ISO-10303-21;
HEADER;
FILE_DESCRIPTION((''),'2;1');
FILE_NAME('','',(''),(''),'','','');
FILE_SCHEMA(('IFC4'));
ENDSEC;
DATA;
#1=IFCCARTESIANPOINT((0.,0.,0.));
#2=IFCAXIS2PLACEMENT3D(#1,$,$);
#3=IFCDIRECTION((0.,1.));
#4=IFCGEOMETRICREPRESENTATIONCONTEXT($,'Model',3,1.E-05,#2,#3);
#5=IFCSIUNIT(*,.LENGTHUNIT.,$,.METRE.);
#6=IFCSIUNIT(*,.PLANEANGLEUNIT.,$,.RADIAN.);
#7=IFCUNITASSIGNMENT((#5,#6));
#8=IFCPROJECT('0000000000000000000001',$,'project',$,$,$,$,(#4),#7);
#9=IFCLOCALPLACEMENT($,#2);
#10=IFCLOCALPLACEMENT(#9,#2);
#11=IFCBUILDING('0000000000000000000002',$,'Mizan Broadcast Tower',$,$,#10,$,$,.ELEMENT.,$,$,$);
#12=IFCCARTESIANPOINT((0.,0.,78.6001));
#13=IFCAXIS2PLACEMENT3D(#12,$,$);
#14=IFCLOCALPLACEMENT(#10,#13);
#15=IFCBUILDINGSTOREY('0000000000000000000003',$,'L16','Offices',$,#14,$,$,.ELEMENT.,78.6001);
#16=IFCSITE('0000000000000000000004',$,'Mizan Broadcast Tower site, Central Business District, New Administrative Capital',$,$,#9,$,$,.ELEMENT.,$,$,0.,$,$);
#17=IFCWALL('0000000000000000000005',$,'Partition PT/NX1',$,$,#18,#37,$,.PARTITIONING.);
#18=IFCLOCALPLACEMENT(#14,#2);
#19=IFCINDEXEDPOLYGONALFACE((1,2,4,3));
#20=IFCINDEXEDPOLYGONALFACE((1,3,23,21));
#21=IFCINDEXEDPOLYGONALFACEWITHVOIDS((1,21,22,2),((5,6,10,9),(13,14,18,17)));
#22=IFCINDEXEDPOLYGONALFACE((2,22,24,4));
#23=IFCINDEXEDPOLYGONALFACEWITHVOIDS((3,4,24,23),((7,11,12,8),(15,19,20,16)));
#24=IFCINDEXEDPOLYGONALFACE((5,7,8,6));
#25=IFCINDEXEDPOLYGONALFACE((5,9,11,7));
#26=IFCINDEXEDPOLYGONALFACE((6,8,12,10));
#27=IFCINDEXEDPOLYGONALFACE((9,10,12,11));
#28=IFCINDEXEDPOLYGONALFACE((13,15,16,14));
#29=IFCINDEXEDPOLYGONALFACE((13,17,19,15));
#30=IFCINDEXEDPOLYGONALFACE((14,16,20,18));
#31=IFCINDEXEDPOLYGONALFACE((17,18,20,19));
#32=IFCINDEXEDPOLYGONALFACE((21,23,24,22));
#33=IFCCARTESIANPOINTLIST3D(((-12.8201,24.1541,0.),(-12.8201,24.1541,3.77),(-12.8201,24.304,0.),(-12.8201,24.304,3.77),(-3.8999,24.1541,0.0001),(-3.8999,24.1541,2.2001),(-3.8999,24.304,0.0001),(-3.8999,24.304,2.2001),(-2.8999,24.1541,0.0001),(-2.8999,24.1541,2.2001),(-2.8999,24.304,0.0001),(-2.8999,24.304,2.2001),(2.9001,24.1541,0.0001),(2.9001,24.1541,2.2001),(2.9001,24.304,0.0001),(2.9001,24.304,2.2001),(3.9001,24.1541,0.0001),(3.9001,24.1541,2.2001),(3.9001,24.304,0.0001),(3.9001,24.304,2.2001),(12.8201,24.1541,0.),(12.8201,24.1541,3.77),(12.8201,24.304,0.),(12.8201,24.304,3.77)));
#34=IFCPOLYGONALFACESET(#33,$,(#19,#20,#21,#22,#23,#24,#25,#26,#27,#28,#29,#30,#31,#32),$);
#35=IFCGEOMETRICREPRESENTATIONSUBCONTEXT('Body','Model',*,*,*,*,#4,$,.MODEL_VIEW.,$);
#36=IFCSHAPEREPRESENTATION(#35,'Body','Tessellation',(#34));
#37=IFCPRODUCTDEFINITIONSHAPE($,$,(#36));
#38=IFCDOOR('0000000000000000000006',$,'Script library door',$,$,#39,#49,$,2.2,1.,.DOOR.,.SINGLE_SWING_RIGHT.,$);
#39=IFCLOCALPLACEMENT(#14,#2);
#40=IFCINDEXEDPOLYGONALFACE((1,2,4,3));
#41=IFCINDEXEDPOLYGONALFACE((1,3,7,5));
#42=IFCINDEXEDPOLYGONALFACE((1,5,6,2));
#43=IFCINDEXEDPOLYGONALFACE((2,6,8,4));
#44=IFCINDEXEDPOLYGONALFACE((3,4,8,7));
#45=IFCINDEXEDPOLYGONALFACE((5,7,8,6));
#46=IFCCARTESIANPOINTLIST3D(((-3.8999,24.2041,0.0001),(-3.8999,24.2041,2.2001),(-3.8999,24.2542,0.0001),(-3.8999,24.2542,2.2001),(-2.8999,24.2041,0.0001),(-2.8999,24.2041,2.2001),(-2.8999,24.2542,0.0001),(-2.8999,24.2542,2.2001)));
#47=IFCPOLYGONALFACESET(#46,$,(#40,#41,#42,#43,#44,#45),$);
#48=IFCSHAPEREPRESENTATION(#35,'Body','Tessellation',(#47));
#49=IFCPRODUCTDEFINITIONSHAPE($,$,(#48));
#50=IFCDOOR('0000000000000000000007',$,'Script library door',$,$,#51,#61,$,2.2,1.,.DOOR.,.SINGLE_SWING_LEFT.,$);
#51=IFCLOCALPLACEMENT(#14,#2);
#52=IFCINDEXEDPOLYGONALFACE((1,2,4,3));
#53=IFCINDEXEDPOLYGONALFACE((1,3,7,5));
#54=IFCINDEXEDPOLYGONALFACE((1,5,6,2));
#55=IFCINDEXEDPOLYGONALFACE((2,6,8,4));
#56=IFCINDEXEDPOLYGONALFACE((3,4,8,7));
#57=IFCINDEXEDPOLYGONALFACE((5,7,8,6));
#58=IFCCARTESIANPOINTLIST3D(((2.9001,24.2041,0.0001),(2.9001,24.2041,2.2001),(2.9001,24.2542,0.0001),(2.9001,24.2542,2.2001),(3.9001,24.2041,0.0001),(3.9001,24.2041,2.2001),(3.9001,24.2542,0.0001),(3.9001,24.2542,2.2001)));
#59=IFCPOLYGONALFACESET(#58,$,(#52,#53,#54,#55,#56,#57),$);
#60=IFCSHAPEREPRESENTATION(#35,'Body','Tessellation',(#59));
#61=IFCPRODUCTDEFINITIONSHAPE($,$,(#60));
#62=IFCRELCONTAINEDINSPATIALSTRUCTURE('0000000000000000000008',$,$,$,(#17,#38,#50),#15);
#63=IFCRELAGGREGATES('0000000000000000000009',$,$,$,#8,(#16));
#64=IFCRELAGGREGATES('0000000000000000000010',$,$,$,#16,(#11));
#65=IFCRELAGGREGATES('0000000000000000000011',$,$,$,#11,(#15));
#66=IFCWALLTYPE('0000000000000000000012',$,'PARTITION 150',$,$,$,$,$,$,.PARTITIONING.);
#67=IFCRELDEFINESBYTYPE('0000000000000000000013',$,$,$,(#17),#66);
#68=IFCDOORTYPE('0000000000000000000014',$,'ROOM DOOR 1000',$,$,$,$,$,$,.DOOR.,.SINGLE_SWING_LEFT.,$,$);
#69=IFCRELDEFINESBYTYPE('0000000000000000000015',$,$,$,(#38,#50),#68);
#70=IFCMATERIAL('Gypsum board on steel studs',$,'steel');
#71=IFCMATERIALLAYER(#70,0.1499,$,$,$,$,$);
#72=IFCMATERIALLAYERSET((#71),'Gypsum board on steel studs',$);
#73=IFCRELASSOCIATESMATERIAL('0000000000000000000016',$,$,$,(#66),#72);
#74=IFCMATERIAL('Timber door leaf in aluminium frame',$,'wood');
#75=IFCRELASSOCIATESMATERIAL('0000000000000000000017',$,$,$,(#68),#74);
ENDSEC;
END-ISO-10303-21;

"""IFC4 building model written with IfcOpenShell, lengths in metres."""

from ifc_helpers import new_model, si_unit, direction, frame, frame_2d, origin, place, context, subcontext, project, spatial, rectangle, extrude, material, layer, layer_set, type_object, element, fill, save


model = new_model("IFC4")

# Units and contexts
model_context = context("Model", 3, precision=1e-05, world=origin(), true_north=direction((0.0, 1.0)))
body_context = subcontext(model_context, "Body", "Model", "MODEL_VIEW")
ifc_project = project(units=[si_unit("LENGTHUNIT", "METRE"), si_unit("PLANEANGLEUNIT", "RADIAN")], contexts=[model_context])

# Site, building, storey
site_placement = place(None, origin())
site = spatial("IfcSite", under=ifc_project, at=site_placement, Name="Mizan Broadcast Tower site, Central Business District, New Administrative Capital", CompositionType="ELEMENT", RefElevation=0.0)
building_placement = place(site_placement, origin())
building = spatial("IfcBuilding", under=site, at=building_placement, Name="Mizan Broadcast Tower", CompositionType="ELEMENT")
storey_placement = place(building_placement, frame((0.0, 0.0, 78.6001)))
storey = spatial("IfcBuildingStorey", under=building, at=storey_placement, Name="L16", Description="Offices", CompositionType="ELEMENT", Elevation=78.6001)

# Wall, openings, doors
ifc_material_1 = material(Name="Gypsum board on steel studs", Category="steel")
ifc_layer_1 = layer(ifc_material_1, 0.1499)
ifc_layer_set_1 = layer_set([ifc_layer_1], Name="Gypsum board on steel studs")
wall_type = type_object("IfcWallType", Name="PARTITION 150", PredefinedType="PARTITIONING", material=ifc_layer_set_1)
wall_placement = place(storey_placement, frame((12.8201, 24.229, 0.0), z_axis=(0.0, 0.0, 1.0), x_axis=(-1.0, 0.0, 0.0)))
wall = element("IfcWall", 1, at=wall_placement, inside=storey, type_object=wall_type, Name="Partition PT/NX1", PredefinedType="PARTITIONING", context=body_context, shape_type="SweptSolid", body=[
    extrude(rectangle(XDim=25.6401, YDim=0.1499, at=frame_2d((12.8201, 0.0))), origin(), (0.0, 0.0, 1.0), 3.77),
])
opening_1_placement = place(wall_placement, frame((15.72, 0.0, 0.0)))
opening_1 = element("IfcOpeningElement", 2, at=opening_1_placement, cuts=wall, PredefinedType="OPENING", context=body_context, shape_type="SweptSolid", body=[
    extrude(rectangle(XDim=1.0, YDim=2.2, at=frame_2d((0.5, 1.1001))), frame((0.0, 0.085, 0.0), z_axis=(0.0, -1.0, 0.0), x_axis=(1.0, 0.0, 0.0)), (0.0, 0.0, 1.0), 0.1699),
])
opening_2_placement = place(wall_placement, frame((8.9199, 0.0, 0.0)))
opening_2 = element("IfcOpeningElement", 3, at=opening_2_placement, cuts=wall, PredefinedType="OPENING", context=body_context, shape_type="SweptSolid", body=[
    extrude(rectangle(XDim=1.0, YDim=2.2, at=frame_2d((0.5, 1.1001))), frame((0.0, 0.085, 0.0), z_axis=(0.0, -1.0, 0.0), x_axis=(1.0, 0.0, 0.0)), (0.0, 0.0, 1.0), 0.1699),
])
ifc_material_2 = material(Name="Timber door leaf in aluminium frame", Category="wood")
door_type = type_object("IfcDoorType", Name="ROOM DOOR 1000", OperationType="SINGLE_SWING_LEFT", PredefinedType="DOOR", material=ifc_material_2)
door_1_placement = place(opening_1_placement, origin())
door_1 = element("IfcDoor", 4, at=door_1_placement, inside=storey, type_object=door_type, Name="Script library door", OperationType="SINGLE_SWING_RIGHT", OverallHeight=2.2, OverallWidth=1.0, PredefinedType="DOOR", context=body_context, shape_type="SweptSolid", body=[
    extrude(rectangle(XDim=1.0, YDim=2.2, at=frame_2d((0.5, 1.1001))), frame((0.0, 0.0249, 0.0), z_axis=(0.0, -1.0, 0.0), x_axis=(1.0, 0.0, 0.0)), (0.0, 0.0, 1.0), 0.05),
])
fill(opening_1, door_1)
door_2_placement = place(opening_2_placement, origin())
door_2 = element("IfcDoor", 5, at=door_2_placement, inside=storey, type_object=door_type, Name="Script library door", OperationType="SINGLE_SWING_LEFT", OverallHeight=2.2, OverallWidth=1.0, PredefinedType="DOOR", context=body_context, shape_type="SweptSolid", body=[
    extrude(rectangle(XDim=1.0, YDim=2.2, at=frame_2d((0.5, 1.1001))), frame((0.0, 0.0249, 0.0), z_axis=(0.0, -1.0, 0.0), x_axis=(1.0, 0.0, 0.0)), (0.0, 0.0, 1.0), 0.05),
])
fill(opening_2, door_2)

save(model, "model.ifc")
